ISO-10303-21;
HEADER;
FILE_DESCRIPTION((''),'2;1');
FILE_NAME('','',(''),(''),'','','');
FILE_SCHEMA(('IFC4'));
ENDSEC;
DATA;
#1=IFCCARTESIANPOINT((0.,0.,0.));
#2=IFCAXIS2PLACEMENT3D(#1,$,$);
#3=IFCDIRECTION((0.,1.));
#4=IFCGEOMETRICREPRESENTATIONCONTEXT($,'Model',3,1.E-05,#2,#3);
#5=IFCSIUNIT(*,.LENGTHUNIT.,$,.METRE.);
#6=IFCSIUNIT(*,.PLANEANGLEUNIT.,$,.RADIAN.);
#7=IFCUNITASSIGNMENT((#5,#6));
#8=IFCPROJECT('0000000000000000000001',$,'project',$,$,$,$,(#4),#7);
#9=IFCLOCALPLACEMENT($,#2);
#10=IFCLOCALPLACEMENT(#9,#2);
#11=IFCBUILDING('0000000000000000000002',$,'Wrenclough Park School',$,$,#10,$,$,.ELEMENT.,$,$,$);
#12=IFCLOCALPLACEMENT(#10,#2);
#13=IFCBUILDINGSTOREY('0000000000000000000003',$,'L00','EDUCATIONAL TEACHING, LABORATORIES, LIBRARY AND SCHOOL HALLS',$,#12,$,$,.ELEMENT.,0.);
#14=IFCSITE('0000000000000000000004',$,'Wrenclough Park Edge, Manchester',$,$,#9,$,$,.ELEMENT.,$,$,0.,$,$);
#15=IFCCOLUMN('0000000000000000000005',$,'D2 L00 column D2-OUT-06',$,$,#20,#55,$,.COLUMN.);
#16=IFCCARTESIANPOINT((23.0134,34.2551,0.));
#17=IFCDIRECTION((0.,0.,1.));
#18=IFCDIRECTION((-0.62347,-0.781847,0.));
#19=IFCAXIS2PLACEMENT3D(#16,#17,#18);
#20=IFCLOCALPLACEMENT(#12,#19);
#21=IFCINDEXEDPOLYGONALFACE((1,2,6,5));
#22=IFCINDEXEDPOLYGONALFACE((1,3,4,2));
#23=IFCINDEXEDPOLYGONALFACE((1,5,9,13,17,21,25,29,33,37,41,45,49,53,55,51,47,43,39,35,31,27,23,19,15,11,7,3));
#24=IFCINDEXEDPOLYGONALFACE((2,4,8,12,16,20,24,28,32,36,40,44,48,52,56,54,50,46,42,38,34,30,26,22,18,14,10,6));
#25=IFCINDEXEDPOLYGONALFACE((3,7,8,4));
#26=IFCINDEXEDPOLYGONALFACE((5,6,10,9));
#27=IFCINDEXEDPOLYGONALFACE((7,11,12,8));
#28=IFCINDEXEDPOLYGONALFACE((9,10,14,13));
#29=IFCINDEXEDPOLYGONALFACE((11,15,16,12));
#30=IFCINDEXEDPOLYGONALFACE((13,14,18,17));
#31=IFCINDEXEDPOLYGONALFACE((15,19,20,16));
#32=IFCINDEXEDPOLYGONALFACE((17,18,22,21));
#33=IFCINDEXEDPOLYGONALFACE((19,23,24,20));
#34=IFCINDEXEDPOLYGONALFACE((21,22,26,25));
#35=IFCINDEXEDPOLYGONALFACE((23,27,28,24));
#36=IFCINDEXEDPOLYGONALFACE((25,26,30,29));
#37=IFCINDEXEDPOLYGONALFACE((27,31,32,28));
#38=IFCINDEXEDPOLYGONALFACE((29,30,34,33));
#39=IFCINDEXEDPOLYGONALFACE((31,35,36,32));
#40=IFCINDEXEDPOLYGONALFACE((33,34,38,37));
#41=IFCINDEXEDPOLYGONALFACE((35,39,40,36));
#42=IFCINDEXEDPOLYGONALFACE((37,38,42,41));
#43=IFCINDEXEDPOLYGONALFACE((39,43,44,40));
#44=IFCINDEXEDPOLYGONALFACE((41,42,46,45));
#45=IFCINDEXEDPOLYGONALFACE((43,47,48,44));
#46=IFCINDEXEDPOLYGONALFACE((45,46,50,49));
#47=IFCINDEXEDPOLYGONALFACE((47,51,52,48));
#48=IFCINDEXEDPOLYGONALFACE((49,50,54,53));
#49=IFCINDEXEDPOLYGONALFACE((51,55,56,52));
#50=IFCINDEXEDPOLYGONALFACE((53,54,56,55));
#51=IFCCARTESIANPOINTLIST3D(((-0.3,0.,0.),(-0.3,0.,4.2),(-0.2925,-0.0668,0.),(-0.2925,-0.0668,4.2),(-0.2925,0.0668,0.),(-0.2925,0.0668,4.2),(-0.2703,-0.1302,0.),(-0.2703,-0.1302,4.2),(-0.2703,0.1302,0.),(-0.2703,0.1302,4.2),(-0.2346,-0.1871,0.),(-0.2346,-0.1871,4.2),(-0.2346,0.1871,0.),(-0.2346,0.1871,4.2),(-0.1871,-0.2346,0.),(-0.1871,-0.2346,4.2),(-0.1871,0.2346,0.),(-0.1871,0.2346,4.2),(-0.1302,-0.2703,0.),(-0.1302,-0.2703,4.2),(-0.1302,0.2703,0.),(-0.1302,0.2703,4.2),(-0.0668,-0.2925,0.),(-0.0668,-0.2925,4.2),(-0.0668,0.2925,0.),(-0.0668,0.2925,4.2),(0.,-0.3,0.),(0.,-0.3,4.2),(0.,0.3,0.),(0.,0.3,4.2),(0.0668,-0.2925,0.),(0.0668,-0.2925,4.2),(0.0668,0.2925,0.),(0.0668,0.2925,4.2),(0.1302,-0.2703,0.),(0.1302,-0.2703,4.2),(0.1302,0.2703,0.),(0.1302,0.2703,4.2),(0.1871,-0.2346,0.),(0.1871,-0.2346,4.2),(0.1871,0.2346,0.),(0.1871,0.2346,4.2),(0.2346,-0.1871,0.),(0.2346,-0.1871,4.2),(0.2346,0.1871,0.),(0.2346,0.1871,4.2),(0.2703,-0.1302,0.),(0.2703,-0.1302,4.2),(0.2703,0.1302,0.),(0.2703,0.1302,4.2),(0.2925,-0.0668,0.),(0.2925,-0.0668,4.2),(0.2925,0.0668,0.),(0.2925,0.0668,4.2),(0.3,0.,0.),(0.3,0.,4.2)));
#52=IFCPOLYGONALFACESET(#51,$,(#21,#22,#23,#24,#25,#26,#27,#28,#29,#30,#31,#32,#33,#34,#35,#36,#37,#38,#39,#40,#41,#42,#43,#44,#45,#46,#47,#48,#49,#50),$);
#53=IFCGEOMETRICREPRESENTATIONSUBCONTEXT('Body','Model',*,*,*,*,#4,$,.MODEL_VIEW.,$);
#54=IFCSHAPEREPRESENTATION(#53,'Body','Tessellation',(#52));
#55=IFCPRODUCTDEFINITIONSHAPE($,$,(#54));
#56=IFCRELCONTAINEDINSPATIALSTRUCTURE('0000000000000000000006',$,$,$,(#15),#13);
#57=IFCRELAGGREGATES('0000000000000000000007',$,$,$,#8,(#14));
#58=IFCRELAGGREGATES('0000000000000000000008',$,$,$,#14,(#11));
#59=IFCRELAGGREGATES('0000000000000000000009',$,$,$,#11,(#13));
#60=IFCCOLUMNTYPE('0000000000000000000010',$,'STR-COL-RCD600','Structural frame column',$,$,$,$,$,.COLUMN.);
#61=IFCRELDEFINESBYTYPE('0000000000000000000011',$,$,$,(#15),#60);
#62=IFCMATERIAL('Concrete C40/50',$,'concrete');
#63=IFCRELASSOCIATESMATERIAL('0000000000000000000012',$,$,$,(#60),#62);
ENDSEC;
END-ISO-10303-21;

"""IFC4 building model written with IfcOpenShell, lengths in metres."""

from ifc_helpers import new_model, si_unit, direction, frame, origin, origin_2d, place, context, subcontext, project, spatial, circle, extrude, material, material_profile, profile_set, type_object, element, save


model = new_model("IFC4")

# Units and contexts
model_context = context("Model", 3, precision=1e-05, world=origin(), true_north=direction((0.0, 1.0)))
body_context = subcontext(model_context, "Body", "Model", "MODEL_VIEW")
ifc_project = project(units=[si_unit("LENGTHUNIT", "METRE"), si_unit("PLANEANGLEUNIT", "RADIAN")], contexts=[model_context])

# Site, building, storey
site_placement = place(None, origin())
site = spatial("IfcSite", under=ifc_project, at=site_placement, Name="Wrenclough Park Edge, Manchester", CompositionType="ELEMENT", RefElevation=0.0)
building_placement = place(site_placement, origin())
building = spatial("IfcBuilding", under=site, at=building_placement, Name="Wrenclough Park School", CompositionType="ELEMENT")
storey_placement = place(building_placement, origin())
storey = spatial("IfcBuildingStorey", under=building, at=storey_placement, Name="L00", Description="EDUCATIONAL TEACHING, LABORATORIES, LIBRARY AND SCHOOL HALLS", CompositionType="ELEMENT", Elevation=0.0)

# Column
ifc_material_1 = material(Name="Concrete C40/50", Category="concrete")
ifc_material_profile_1 = material_profile(ifc_material_1, circle(Radius=0.3, at=origin_2d()), Name="RC COL D600")
ifc_profile_set_1 = profile_set([ifc_material_profile_1], Name="Concrete C40/50")
column_type = type_object("IfcColumnType", Name="STR-COL-RCD600", Description="Structural frame column", PredefinedType="COLUMN", material=ifc_profile_set_1)
column_placement = place(storey_placement, frame((23.0134, 34.2551, 0.0), z_axis=(0.0, 0.0, 1.0), x_axis=(-0.62347, -0.781847, 0.0)))
element("IfcColumn", 1, at=column_placement, inside=storey, type_object=column_type, Name="D2 L00 column D2-OUT-06", PredefinedType="COLUMN", context=body_context, shape_type="SweptSolid", body=[
    extrude(circle(Radius=0.3, at=origin_2d()), origin(), (0.0, 0.0, 1.0), 4.2),
])

save(model, "model.ifc")
